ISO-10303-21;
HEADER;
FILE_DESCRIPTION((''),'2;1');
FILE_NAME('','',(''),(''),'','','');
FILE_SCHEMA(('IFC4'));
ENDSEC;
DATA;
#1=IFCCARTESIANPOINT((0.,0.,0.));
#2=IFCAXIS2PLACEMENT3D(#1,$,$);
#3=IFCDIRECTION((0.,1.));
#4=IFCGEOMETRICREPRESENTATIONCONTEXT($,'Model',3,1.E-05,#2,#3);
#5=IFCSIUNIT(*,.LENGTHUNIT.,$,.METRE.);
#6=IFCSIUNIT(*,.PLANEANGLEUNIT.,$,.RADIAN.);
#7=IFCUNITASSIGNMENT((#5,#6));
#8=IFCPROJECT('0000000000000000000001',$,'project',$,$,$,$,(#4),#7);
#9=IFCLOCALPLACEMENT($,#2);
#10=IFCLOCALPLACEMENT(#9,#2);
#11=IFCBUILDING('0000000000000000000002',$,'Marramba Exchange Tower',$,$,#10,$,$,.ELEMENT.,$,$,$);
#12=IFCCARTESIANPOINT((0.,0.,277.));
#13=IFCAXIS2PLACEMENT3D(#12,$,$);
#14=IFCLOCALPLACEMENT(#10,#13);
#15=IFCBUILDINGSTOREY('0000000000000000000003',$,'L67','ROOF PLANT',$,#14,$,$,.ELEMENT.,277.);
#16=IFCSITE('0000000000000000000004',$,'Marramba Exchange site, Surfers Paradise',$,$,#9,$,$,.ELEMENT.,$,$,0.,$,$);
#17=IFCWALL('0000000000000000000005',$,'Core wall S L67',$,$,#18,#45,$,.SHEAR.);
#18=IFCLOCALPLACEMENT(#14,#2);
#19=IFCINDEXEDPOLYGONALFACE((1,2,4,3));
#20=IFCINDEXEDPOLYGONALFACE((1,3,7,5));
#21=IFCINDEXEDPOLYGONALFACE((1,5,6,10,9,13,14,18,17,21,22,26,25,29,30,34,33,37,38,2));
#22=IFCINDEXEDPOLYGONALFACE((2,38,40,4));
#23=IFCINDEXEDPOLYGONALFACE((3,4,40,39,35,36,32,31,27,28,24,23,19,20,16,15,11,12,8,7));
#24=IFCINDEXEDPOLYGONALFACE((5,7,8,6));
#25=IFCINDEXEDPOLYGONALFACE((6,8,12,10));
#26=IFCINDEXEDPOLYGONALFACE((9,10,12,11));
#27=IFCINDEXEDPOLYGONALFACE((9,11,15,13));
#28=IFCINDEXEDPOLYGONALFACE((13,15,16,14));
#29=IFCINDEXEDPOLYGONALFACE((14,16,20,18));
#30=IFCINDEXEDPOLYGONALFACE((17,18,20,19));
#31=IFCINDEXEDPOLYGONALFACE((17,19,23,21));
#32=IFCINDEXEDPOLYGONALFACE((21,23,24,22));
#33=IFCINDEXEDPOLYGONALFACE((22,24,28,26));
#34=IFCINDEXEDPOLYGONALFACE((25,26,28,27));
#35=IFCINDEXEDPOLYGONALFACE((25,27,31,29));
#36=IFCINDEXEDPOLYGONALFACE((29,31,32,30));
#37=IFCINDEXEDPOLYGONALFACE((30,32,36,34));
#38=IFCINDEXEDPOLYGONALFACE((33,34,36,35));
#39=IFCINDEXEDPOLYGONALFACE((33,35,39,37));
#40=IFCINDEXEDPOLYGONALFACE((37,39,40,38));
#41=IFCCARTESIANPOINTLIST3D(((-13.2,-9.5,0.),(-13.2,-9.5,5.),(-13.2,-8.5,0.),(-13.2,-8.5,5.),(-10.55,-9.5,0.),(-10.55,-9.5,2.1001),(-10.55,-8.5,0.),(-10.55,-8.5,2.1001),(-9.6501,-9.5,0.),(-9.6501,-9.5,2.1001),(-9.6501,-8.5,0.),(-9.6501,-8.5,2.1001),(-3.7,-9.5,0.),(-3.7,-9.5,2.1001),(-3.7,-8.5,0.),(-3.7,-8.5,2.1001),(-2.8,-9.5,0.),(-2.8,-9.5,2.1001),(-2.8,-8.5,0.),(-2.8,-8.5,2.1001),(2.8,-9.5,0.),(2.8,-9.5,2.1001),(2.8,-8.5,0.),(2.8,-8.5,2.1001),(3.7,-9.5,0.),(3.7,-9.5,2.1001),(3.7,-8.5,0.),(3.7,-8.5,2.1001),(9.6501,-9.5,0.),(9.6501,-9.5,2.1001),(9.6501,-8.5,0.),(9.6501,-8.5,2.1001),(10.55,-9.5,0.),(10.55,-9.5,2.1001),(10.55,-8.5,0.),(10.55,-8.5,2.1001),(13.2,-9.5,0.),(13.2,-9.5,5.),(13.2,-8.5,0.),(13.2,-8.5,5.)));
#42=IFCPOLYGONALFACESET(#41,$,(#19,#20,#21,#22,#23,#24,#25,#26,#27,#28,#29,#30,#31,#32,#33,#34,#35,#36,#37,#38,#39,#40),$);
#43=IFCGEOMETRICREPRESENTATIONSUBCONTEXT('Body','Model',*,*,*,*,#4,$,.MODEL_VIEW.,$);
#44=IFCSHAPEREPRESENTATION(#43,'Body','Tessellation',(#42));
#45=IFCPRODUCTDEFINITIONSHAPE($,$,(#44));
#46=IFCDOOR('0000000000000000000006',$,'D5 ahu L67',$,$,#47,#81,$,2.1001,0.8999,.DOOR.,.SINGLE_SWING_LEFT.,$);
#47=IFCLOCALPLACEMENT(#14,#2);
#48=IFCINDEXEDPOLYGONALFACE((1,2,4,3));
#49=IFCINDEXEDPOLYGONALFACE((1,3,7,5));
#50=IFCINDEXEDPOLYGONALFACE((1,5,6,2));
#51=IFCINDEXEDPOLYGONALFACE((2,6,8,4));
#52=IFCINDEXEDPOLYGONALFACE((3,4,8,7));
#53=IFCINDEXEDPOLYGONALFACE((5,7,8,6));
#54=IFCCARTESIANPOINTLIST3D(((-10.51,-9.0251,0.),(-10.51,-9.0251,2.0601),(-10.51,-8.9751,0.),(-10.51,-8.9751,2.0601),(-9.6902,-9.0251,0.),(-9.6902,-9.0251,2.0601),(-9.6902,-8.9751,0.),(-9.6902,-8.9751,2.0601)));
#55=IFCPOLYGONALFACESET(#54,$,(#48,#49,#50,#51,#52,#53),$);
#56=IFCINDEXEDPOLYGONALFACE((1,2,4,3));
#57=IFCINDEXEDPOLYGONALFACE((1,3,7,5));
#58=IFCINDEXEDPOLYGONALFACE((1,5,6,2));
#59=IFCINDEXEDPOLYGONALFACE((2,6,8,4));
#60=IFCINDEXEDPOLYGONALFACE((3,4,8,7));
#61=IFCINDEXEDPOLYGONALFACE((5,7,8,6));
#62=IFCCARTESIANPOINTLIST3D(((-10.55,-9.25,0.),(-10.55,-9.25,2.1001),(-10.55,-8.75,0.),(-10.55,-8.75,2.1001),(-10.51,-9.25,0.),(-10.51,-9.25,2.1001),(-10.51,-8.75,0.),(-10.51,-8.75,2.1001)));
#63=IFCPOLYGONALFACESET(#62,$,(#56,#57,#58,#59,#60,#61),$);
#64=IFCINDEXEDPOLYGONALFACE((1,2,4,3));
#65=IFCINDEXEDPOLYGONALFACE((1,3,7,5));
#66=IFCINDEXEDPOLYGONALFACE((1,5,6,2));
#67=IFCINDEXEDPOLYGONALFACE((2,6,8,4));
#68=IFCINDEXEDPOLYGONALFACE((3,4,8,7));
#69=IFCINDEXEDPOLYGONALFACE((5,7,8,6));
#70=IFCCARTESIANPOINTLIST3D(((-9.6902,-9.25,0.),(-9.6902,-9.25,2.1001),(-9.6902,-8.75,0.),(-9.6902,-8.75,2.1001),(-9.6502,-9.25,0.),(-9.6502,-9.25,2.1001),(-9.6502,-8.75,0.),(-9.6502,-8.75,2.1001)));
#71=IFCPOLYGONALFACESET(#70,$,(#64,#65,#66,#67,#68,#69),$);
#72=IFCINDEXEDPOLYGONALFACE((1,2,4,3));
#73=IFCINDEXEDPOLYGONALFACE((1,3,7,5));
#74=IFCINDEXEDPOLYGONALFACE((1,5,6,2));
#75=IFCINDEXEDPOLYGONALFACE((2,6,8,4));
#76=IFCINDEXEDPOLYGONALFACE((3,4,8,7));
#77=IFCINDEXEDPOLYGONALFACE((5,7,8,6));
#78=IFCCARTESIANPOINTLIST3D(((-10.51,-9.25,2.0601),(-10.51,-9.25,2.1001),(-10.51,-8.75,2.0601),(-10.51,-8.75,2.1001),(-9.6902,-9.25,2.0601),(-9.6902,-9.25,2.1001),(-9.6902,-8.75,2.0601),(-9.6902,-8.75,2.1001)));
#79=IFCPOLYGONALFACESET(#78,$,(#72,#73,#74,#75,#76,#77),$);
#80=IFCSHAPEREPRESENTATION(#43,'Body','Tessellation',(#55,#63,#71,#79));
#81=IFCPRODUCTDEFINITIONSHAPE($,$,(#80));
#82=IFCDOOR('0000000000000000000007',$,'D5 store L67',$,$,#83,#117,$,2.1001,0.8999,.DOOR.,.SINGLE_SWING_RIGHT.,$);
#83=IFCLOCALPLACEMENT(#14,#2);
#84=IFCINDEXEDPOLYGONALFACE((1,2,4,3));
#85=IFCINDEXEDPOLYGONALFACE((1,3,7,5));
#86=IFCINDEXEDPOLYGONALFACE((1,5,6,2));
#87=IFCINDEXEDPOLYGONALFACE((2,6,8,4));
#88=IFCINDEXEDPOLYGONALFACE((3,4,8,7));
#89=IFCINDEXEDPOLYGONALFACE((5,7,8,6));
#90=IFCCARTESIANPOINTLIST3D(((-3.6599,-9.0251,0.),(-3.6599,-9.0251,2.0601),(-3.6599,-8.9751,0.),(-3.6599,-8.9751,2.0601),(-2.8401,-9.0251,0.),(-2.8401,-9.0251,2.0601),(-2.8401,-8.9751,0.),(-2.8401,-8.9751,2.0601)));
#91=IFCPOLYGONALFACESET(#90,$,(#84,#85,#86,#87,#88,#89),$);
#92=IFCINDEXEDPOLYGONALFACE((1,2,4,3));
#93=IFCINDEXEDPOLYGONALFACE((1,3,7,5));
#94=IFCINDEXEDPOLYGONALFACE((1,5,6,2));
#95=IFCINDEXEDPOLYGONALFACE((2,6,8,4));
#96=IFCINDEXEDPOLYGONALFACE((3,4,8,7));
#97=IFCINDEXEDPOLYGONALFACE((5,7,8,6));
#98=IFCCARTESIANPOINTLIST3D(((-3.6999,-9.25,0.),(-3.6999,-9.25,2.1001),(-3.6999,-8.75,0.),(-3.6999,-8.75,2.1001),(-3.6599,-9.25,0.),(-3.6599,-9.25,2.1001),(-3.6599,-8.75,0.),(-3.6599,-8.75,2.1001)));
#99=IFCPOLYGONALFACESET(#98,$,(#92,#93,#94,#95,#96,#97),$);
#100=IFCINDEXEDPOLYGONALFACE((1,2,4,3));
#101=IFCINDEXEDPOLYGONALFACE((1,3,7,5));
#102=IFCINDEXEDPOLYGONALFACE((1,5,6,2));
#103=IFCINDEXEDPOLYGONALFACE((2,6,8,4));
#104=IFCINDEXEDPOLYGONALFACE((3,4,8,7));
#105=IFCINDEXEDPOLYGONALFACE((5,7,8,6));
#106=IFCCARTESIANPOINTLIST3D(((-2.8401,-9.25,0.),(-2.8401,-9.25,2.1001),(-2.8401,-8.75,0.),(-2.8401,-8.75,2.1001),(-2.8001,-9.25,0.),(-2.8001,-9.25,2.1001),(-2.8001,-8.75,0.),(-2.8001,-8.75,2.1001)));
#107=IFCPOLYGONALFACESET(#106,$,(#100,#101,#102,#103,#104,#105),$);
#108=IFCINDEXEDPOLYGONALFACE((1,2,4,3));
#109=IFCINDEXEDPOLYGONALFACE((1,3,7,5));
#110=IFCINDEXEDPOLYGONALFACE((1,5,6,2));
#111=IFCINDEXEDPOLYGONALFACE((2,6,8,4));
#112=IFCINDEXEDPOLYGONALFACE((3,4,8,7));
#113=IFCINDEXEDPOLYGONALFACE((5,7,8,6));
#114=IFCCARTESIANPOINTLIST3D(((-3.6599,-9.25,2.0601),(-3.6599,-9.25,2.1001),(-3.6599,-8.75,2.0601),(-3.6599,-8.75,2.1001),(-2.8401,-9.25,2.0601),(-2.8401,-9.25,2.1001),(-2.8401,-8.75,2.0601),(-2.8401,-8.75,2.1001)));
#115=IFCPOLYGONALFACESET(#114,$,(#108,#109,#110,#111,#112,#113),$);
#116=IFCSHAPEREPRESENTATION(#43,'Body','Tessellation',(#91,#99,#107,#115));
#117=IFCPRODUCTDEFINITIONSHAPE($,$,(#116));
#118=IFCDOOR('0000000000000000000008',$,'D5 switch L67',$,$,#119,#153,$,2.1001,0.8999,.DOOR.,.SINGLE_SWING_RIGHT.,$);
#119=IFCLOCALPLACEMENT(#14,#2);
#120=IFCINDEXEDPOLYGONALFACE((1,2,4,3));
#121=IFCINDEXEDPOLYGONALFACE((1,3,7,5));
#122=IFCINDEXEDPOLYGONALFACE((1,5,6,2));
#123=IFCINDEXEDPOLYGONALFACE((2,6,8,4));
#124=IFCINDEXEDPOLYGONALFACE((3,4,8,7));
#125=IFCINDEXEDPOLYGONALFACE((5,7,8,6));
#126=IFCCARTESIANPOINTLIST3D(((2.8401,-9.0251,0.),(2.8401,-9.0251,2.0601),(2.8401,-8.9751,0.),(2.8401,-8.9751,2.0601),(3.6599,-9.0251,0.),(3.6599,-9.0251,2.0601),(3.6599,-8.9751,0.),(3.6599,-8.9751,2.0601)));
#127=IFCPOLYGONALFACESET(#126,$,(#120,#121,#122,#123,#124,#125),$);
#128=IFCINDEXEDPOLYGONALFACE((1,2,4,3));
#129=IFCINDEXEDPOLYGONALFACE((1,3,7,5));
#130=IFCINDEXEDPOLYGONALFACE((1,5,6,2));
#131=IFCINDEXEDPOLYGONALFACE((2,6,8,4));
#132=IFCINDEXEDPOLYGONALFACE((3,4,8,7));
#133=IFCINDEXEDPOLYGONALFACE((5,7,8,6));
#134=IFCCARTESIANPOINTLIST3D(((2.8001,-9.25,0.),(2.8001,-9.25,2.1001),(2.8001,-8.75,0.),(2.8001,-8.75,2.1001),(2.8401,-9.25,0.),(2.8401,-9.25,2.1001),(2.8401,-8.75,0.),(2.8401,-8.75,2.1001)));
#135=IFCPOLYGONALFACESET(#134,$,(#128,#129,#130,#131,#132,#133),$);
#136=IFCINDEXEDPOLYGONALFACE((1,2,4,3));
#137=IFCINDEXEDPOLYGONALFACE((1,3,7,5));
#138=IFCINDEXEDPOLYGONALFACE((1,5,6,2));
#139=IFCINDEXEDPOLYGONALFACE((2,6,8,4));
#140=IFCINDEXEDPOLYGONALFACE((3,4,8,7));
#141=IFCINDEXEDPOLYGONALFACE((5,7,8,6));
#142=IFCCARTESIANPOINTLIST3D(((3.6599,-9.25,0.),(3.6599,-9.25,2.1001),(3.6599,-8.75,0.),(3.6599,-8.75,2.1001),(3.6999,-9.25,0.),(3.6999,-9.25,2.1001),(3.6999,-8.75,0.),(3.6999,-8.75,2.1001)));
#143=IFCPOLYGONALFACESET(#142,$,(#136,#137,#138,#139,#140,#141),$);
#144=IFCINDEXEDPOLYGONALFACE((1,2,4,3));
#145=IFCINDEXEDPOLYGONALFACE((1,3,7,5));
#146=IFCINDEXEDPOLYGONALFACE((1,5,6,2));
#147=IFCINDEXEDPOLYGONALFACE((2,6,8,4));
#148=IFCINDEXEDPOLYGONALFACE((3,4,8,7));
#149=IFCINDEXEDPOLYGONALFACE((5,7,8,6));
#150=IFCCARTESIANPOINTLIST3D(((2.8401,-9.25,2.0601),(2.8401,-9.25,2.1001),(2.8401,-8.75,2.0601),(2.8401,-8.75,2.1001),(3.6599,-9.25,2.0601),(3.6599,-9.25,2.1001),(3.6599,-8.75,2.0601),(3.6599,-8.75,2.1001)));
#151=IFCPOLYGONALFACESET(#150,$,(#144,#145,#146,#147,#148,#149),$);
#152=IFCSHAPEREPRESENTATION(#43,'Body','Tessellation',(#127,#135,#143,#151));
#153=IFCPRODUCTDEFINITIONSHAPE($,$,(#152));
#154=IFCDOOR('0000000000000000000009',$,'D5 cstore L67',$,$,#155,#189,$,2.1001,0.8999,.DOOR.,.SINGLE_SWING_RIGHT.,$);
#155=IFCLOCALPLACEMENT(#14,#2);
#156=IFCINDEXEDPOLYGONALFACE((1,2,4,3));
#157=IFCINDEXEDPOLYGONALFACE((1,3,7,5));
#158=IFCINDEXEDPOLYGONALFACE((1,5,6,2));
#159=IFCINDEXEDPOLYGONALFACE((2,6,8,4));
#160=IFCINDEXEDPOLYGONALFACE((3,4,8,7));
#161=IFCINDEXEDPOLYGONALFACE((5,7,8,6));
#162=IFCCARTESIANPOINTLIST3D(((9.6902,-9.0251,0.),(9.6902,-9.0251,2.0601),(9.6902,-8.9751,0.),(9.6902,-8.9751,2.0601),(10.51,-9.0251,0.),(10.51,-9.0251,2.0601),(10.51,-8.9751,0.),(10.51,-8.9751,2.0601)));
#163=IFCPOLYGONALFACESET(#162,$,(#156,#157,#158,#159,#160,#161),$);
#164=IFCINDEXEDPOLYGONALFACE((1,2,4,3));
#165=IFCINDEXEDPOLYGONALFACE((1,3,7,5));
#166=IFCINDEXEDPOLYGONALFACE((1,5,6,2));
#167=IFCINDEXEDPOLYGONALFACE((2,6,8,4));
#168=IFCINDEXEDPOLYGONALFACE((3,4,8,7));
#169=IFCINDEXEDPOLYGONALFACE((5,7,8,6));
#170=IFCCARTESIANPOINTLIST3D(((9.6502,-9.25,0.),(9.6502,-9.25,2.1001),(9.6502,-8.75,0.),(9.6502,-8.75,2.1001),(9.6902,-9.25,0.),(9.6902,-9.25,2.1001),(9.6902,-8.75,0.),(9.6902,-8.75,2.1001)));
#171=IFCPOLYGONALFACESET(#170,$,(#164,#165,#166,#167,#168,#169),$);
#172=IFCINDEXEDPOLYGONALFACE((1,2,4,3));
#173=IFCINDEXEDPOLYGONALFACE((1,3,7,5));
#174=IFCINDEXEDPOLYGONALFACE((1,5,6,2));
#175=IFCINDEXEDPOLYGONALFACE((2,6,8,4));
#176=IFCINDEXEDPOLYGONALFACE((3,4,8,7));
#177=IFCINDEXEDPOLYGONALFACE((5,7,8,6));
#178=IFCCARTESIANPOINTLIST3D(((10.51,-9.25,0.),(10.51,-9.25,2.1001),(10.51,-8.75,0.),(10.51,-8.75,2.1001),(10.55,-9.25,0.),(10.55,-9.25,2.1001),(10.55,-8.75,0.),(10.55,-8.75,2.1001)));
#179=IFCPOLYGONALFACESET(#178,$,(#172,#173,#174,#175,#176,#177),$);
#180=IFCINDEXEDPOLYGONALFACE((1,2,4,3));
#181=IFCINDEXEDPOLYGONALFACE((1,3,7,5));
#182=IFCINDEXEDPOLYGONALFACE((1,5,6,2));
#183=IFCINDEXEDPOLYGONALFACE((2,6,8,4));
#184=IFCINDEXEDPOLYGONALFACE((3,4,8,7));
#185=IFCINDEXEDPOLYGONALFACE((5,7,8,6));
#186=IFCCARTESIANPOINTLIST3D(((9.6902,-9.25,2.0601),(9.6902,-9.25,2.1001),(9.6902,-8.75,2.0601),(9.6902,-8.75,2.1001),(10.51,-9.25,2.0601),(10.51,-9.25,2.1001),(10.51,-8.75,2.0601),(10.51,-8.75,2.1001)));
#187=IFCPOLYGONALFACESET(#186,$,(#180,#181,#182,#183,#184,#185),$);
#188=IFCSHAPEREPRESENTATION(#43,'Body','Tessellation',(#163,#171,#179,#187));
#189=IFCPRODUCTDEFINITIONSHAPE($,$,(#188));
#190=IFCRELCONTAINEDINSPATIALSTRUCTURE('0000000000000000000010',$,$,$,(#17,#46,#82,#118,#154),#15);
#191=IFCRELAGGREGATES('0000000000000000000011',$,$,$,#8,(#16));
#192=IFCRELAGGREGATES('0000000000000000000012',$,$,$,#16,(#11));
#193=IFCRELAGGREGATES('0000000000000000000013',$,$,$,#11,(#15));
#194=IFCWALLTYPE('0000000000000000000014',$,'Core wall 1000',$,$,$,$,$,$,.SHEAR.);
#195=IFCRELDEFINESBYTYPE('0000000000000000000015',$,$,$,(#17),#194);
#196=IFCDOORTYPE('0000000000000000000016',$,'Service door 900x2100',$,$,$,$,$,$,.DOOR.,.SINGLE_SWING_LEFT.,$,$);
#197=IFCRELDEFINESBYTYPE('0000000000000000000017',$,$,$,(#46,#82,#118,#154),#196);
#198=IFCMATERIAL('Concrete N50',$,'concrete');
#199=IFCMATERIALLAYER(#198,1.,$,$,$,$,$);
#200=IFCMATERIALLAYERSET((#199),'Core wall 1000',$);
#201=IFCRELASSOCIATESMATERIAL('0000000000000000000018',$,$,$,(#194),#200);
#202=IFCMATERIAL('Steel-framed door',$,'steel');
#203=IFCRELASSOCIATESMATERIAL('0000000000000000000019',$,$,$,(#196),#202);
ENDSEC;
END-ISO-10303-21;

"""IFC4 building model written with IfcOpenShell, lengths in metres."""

from ifc_helpers import new_model, si_unit, direction, frame, frame_2d, origin, place, context, subcontext, project, spatial, rectangle, extrude, material, layer, layer_set, type_object, element, fill, save


model = new_model("IFC4")

# Units and contexts
model_context = context("Model", 3, precision=1e-05, world=origin(), true_north=direction((0.0, 1.0)))
body_context = subcontext(model_context, "Body", "Model", "MODEL_VIEW")
ifc_project = project(units=[si_unit("LENGTHUNIT", "METRE"), si_unit("PLANEANGLEUNIT", "RADIAN")], contexts=[model_context])

# Site, building, storey
site_placement = place(None, origin())
site = spatial("IfcSite", under=ifc_project, at=site_placement, Name="Marramba Exchange site, Surfers Paradise", CompositionType="ELEMENT", RefElevation=0.0)
building_placement = place(site_placement, origin())
building = spatial("IfcBuilding", under=site, at=building_placement, Name="Marramba Exchange Tower", CompositionType="ELEMENT")
storey_placement = place(building_placement, frame((0.0, 0.0, 277.0)))
storey = spatial("IfcBuildingStorey", under=building, at=storey_placement, Name="L67", Description="ROOF PLANT", CompositionType="ELEMENT", Elevation=277.0)

# Shared definitions
ifc_material_1 = material(Name="Concrete N50", Category="concrete")

# Wall, openings, doors
ifc_layer_1 = layer(ifc_material_1, 1.0)
ifc_layer_set_1 = layer_set([ifc_layer_1], Name="Core wall 1000")
wall_type_1 = type_object("IfcWallType", Name="Core wall 1000", PredefinedType="SHEAR", material=ifc_layer_set_1)
wall_1_placement = place(storey_placement, frame((-13.2, -9.0, 0.0), z_axis=(0.0, 0.0, 1.0), x_axis=(1.0, 0.0, 0.0)))
wall_1 = element("IfcWall", 1, at=wall_1_placement, inside=storey, type_object=wall_type_1, Name="Core wall S L67", PredefinedType="SHEAR", context=body_context, shape_type="SweptSolid", body=[
    extrude(rectangle(XDim=26.3999, YDim=1.0, at=frame_2d((13.2, 0.0))), origin(), (0.0, 0.0, 1.0), 5.0),
])
opening_1_placement = place(wall_1_placement, frame((2.6499, 0.0, 0.0)))
opening_1 = element("IfcOpeningElement", 2, at=opening_1_placement, cuts=wall_1, PredefinedType="OPENING", context=body_context, shape_type="SweptSolid", body=[
    extrude(rectangle(XDim=0.8999, YDim=2.1001, at=frame_2d((0.45, 1.05))), frame((0.0, 0.51, 0.0), z_axis=(0.0, -1.0, 0.0), x_axis=(1.0, 0.0, 0.0)), (0.0, 0.0, 1.0), 1.02),
])
opening_2_placement = place(wall_1_placement, frame((9.5, 0.0, 0.0)))
opening_2 = element("IfcOpeningElement", 3, at=opening_2_placement, cuts=wall_1, PredefinedType="OPENING", context=body_context, shape_type="SweptSolid", body=[
    extrude(rectangle(XDim=0.8999, YDim=2.1001, at=frame_2d((0.45, 1.05))), frame((0.0, 0.51, 0.0), z_axis=(0.0, -1.0, 0.0), x_axis=(1.0, 0.0, 0.0)), (0.0, 0.0, 1.0), 1.02),
])
opening_3_placement = place(wall_1_placement, frame((16.0, 0.0, 0.0)))
opening_3 = element("IfcOpeningElement", 4, at=opening_3_placement, cuts=wall_1, PredefinedType="OPENING", context=body_context, shape_type="SweptSolid", body=[
    extrude(rectangle(XDim=0.8999, YDim=2.1001, at=frame_2d((0.45, 1.05))), frame((0.0, 0.51, 0.0), z_axis=(0.0, -1.0, 0.0), x_axis=(1.0, 0.0, 0.0)), (0.0, 0.0, 1.0), 1.02),
])
opening_4_placement = place(wall_1_placement, frame((22.8501, 0.0, 0.0)))
opening_4 = element("IfcOpeningElement", 5, at=opening_4_placement, cuts=wall_1, PredefinedType="OPENING", context=body_context, shape_type="SweptSolid", body=[
    extrude(rectangle(XDim=0.8999, YDim=2.1001, at=frame_2d((0.45, 1.05))), frame((0.0, 0.51, 0.0), z_axis=(0.0, -1.0, 0.0), x_axis=(1.0, 0.0, 0.0)), (0.0, 0.0, 1.0), 1.02),
])
ifc_material_2 = material(Name="Steel-framed door", Category="steel")
door_type_1 = type_object("IfcDoorType", Name="Service door 900x2100", OperationType="SINGLE_SWING_LEFT", PredefinedType="DOOR", material=ifc_material_2)
door_1_placement = place(opening_1_placement, origin())
door_1 = element("IfcDoor", 6, at=door_1_placement, inside=storey, type_object=door_type_1, Name="D5 ahu L67", OperationType="SINGLE_SWING_LEFT", OverallHeight=2.1001, OverallWidth=0.8999, PredefinedType="DOOR", context=body_context, shape_type="SweptSolid", body=[
    extrude(rectangle(XDim=0.8198, YDim=2.0601, at=frame_2d((0.45, 1.03))), frame((0.0, 0.0249, 0.0), z_axis=(0.0, -1.0, 0.0), x_axis=(1.0, 0.0, 0.0)), (0.0, 0.0, 1.0), 0.05),
    extrude(rectangle(XDim=0.04, YDim=2.1001, at=frame_2d((0.02, 1.05))), frame((0.0, 0.25, 0.0), z_axis=(0.0, -1.0, 0.0), x_axis=(1.0, 0.0, 0.0)), (0.0, 0.0, 1.0), 0.5),
    extrude(rectangle(XDim=0.04, YDim=2.1001, at=frame_2d((0.8799, 1.05))), frame((0.0, 0.25, 0.0), z_axis=(0.0, -1.0, 0.0), x_axis=(1.0, 0.0, 0.0)), (0.0, 0.0, 1.0), 0.5),
    extrude(rectangle(XDim=0.8198, YDim=0.04, at=frame_2d((0.45, 2.0801))), frame((0.0, 0.25, 0.0), z_axis=(0.0, -1.0, 0.0), x_axis=(1.0, 0.0, 0.0)), (0.0, 0.0, 1.0), 0.5),
])
fill(opening_1, door_1)
door_2_placement = place(opening_2_placement, origin())
door_2 = element("IfcDoor", 7, at=door_2_placement, inside=storey, type_object=door_type_1, Name="D5 store L67", OperationType="SINGLE_SWING_RIGHT", OverallHeight=2.1001, OverallWidth=0.8999, PredefinedType="DOOR", context=body_context, shape_type="SweptSolid", body=[
    extrude(rectangle(XDim=0.8198, YDim=2.0601, at=frame_2d((0.45, 1.03))), frame((0.0, 0.0249, 0.0), z_axis=(0.0, -1.0, 0.0), x_axis=(1.0, 0.0, 0.0)), (0.0, 0.0, 1.0), 0.05),
    extrude(rectangle(XDim=0.04, YDim=2.1001, at=frame_2d((0.02, 1.05))), frame((0.0, 0.25, 0.0), z_axis=(0.0, -1.0, 0.0), x_axis=(1.0, 0.0, 0.0)), (0.0, 0.0, 1.0), 0.5),
    extrude(rectangle(XDim=0.04, YDim=2.1001, at=frame_2d((0.8799, 1.05))), frame((0.0, 0.25, 0.0), z_axis=(0.0, -1.0, 0.0), x_axis=(1.0, 0.0, 0.0)), (0.0, 0.0, 1.0), 0.5),
    extrude(rectangle(XDim=0.8198, YDim=0.04, at=frame_2d((0.45, 2.0801))), frame((0.0, 0.25, 0.0), z_axis=(0.0, -1.0, 0.0), x_axis=(1.0, 0.0, 0.0)), (0.0, 0.0, 1.0), 0.5),
])
fill(opening_2, door_2)
door_3_placement = place(opening_3_placement, origin())
door_3 = element("IfcDoor", 8, at=door_3_placement, inside=storey, type_object=door_type_1, Name="D5 switch L67", OperationType="SINGLE_SWING_RIGHT", OverallHeight=2.1001, OverallWidth=0.8999, PredefinedType="DOOR", context=body_context, shape_type="SweptSolid", body=[
    extrude(rectangle(XDim=0.8198, YDim=2.0601, at=frame_2d((0.45, 1.03))), frame((0.0, 0.0249, 0.0), z_axis=(0.0, -1.0, 0.0), x_axis=(1.0, 0.0, 0.0)), (0.0, 0.0, 1.0), 0.05),
    extrude(rectangle(XDim=0.04, YDim=2.1001, at=frame_2d((0.02, 1.05))), frame((0.0, 0.25, 0.0), z_axis=(0.0, -1.0, 0.0), x_axis=(1.0, 0.0, 0.0)), (0.0, 0.0, 1.0), 0.5),
    extrude(rectangle(XDim=0.04, YDim=2.1001, at=frame_2d((0.8799, 1.05))), frame((0.0, 0.25, 0.0), z_axis=(0.0, -1.0, 0.0), x_axis=(1.0, 0.0, 0.0)), (0.0, 0.0, 1.0), 0.5),
    extrude(rectangle(XDim=0.8198, YDim=0.04, at=frame_2d((0.45, 2.0801))), frame((0.0, 0.25, 0.0), z_axis=(0.0, -1.0, 0.0), x_axis=(1.0, 0.0, 0.0)), (0.0, 0.0, 1.0), 0.5),
])
fill(opening_3, door_3)
door_4_placement = place(opening_4_placement, origin())
door_4 = element("IfcDoor", 9, at=door_4_placement, inside=storey, type_object=door_type_1, Name="D5 cstore L67", OperationType="SINGLE_SWING_RIGHT", OverallHeight=2.1001, OverallWidth=0.8999, PredefinedType="DOOR", context=body_context, shape_type="SweptSolid", body=[
    extrude(rectangle(XDim=0.8198, YDim=2.0601, at=frame_2d((0.45, 1.03))), frame((0.0, 0.0249, 0.0), z_axis=(0.0, -1.0, 0.0), x_axis=(1.0, 0.0, 0.0)), (0.0, 0.0, 1.0), 0.05),
    extrude(rectangle(XDim=0.04, YDim=2.1001, at=frame_2d((0.02, 1.05))), frame((0.0, 0.25, 0.0), z_axis=(0.0, -1.0, 0.0), x_axis=(1.0, 0.0, 0.0)), (0.0, 0.0, 1.0), 0.5),
    extrude(rectangle(XDim=0.04, YDim=2.1001, at=frame_2d((0.8799, 1.05))), frame((0.0, 0.25, 0.0), z_axis=(0.0, -1.0, 0.0), x_axis=(1.0, 0.0, 0.0)), (0.0, 0.0, 1.0), 0.5),
    extrude(rectangle(XDim=0.8198, YDim=0.04, at=frame_2d((0.45, 2.0801))), frame((0.0, 0.25, 0.0), z_axis=(0.0, -1.0, 0.0), x_axis=(1.0, 0.0, 0.0)), (0.0, 0.0, 1.0), 0.5),
])
fill(opening_4, door_4)

save(model, "model.ifc")
